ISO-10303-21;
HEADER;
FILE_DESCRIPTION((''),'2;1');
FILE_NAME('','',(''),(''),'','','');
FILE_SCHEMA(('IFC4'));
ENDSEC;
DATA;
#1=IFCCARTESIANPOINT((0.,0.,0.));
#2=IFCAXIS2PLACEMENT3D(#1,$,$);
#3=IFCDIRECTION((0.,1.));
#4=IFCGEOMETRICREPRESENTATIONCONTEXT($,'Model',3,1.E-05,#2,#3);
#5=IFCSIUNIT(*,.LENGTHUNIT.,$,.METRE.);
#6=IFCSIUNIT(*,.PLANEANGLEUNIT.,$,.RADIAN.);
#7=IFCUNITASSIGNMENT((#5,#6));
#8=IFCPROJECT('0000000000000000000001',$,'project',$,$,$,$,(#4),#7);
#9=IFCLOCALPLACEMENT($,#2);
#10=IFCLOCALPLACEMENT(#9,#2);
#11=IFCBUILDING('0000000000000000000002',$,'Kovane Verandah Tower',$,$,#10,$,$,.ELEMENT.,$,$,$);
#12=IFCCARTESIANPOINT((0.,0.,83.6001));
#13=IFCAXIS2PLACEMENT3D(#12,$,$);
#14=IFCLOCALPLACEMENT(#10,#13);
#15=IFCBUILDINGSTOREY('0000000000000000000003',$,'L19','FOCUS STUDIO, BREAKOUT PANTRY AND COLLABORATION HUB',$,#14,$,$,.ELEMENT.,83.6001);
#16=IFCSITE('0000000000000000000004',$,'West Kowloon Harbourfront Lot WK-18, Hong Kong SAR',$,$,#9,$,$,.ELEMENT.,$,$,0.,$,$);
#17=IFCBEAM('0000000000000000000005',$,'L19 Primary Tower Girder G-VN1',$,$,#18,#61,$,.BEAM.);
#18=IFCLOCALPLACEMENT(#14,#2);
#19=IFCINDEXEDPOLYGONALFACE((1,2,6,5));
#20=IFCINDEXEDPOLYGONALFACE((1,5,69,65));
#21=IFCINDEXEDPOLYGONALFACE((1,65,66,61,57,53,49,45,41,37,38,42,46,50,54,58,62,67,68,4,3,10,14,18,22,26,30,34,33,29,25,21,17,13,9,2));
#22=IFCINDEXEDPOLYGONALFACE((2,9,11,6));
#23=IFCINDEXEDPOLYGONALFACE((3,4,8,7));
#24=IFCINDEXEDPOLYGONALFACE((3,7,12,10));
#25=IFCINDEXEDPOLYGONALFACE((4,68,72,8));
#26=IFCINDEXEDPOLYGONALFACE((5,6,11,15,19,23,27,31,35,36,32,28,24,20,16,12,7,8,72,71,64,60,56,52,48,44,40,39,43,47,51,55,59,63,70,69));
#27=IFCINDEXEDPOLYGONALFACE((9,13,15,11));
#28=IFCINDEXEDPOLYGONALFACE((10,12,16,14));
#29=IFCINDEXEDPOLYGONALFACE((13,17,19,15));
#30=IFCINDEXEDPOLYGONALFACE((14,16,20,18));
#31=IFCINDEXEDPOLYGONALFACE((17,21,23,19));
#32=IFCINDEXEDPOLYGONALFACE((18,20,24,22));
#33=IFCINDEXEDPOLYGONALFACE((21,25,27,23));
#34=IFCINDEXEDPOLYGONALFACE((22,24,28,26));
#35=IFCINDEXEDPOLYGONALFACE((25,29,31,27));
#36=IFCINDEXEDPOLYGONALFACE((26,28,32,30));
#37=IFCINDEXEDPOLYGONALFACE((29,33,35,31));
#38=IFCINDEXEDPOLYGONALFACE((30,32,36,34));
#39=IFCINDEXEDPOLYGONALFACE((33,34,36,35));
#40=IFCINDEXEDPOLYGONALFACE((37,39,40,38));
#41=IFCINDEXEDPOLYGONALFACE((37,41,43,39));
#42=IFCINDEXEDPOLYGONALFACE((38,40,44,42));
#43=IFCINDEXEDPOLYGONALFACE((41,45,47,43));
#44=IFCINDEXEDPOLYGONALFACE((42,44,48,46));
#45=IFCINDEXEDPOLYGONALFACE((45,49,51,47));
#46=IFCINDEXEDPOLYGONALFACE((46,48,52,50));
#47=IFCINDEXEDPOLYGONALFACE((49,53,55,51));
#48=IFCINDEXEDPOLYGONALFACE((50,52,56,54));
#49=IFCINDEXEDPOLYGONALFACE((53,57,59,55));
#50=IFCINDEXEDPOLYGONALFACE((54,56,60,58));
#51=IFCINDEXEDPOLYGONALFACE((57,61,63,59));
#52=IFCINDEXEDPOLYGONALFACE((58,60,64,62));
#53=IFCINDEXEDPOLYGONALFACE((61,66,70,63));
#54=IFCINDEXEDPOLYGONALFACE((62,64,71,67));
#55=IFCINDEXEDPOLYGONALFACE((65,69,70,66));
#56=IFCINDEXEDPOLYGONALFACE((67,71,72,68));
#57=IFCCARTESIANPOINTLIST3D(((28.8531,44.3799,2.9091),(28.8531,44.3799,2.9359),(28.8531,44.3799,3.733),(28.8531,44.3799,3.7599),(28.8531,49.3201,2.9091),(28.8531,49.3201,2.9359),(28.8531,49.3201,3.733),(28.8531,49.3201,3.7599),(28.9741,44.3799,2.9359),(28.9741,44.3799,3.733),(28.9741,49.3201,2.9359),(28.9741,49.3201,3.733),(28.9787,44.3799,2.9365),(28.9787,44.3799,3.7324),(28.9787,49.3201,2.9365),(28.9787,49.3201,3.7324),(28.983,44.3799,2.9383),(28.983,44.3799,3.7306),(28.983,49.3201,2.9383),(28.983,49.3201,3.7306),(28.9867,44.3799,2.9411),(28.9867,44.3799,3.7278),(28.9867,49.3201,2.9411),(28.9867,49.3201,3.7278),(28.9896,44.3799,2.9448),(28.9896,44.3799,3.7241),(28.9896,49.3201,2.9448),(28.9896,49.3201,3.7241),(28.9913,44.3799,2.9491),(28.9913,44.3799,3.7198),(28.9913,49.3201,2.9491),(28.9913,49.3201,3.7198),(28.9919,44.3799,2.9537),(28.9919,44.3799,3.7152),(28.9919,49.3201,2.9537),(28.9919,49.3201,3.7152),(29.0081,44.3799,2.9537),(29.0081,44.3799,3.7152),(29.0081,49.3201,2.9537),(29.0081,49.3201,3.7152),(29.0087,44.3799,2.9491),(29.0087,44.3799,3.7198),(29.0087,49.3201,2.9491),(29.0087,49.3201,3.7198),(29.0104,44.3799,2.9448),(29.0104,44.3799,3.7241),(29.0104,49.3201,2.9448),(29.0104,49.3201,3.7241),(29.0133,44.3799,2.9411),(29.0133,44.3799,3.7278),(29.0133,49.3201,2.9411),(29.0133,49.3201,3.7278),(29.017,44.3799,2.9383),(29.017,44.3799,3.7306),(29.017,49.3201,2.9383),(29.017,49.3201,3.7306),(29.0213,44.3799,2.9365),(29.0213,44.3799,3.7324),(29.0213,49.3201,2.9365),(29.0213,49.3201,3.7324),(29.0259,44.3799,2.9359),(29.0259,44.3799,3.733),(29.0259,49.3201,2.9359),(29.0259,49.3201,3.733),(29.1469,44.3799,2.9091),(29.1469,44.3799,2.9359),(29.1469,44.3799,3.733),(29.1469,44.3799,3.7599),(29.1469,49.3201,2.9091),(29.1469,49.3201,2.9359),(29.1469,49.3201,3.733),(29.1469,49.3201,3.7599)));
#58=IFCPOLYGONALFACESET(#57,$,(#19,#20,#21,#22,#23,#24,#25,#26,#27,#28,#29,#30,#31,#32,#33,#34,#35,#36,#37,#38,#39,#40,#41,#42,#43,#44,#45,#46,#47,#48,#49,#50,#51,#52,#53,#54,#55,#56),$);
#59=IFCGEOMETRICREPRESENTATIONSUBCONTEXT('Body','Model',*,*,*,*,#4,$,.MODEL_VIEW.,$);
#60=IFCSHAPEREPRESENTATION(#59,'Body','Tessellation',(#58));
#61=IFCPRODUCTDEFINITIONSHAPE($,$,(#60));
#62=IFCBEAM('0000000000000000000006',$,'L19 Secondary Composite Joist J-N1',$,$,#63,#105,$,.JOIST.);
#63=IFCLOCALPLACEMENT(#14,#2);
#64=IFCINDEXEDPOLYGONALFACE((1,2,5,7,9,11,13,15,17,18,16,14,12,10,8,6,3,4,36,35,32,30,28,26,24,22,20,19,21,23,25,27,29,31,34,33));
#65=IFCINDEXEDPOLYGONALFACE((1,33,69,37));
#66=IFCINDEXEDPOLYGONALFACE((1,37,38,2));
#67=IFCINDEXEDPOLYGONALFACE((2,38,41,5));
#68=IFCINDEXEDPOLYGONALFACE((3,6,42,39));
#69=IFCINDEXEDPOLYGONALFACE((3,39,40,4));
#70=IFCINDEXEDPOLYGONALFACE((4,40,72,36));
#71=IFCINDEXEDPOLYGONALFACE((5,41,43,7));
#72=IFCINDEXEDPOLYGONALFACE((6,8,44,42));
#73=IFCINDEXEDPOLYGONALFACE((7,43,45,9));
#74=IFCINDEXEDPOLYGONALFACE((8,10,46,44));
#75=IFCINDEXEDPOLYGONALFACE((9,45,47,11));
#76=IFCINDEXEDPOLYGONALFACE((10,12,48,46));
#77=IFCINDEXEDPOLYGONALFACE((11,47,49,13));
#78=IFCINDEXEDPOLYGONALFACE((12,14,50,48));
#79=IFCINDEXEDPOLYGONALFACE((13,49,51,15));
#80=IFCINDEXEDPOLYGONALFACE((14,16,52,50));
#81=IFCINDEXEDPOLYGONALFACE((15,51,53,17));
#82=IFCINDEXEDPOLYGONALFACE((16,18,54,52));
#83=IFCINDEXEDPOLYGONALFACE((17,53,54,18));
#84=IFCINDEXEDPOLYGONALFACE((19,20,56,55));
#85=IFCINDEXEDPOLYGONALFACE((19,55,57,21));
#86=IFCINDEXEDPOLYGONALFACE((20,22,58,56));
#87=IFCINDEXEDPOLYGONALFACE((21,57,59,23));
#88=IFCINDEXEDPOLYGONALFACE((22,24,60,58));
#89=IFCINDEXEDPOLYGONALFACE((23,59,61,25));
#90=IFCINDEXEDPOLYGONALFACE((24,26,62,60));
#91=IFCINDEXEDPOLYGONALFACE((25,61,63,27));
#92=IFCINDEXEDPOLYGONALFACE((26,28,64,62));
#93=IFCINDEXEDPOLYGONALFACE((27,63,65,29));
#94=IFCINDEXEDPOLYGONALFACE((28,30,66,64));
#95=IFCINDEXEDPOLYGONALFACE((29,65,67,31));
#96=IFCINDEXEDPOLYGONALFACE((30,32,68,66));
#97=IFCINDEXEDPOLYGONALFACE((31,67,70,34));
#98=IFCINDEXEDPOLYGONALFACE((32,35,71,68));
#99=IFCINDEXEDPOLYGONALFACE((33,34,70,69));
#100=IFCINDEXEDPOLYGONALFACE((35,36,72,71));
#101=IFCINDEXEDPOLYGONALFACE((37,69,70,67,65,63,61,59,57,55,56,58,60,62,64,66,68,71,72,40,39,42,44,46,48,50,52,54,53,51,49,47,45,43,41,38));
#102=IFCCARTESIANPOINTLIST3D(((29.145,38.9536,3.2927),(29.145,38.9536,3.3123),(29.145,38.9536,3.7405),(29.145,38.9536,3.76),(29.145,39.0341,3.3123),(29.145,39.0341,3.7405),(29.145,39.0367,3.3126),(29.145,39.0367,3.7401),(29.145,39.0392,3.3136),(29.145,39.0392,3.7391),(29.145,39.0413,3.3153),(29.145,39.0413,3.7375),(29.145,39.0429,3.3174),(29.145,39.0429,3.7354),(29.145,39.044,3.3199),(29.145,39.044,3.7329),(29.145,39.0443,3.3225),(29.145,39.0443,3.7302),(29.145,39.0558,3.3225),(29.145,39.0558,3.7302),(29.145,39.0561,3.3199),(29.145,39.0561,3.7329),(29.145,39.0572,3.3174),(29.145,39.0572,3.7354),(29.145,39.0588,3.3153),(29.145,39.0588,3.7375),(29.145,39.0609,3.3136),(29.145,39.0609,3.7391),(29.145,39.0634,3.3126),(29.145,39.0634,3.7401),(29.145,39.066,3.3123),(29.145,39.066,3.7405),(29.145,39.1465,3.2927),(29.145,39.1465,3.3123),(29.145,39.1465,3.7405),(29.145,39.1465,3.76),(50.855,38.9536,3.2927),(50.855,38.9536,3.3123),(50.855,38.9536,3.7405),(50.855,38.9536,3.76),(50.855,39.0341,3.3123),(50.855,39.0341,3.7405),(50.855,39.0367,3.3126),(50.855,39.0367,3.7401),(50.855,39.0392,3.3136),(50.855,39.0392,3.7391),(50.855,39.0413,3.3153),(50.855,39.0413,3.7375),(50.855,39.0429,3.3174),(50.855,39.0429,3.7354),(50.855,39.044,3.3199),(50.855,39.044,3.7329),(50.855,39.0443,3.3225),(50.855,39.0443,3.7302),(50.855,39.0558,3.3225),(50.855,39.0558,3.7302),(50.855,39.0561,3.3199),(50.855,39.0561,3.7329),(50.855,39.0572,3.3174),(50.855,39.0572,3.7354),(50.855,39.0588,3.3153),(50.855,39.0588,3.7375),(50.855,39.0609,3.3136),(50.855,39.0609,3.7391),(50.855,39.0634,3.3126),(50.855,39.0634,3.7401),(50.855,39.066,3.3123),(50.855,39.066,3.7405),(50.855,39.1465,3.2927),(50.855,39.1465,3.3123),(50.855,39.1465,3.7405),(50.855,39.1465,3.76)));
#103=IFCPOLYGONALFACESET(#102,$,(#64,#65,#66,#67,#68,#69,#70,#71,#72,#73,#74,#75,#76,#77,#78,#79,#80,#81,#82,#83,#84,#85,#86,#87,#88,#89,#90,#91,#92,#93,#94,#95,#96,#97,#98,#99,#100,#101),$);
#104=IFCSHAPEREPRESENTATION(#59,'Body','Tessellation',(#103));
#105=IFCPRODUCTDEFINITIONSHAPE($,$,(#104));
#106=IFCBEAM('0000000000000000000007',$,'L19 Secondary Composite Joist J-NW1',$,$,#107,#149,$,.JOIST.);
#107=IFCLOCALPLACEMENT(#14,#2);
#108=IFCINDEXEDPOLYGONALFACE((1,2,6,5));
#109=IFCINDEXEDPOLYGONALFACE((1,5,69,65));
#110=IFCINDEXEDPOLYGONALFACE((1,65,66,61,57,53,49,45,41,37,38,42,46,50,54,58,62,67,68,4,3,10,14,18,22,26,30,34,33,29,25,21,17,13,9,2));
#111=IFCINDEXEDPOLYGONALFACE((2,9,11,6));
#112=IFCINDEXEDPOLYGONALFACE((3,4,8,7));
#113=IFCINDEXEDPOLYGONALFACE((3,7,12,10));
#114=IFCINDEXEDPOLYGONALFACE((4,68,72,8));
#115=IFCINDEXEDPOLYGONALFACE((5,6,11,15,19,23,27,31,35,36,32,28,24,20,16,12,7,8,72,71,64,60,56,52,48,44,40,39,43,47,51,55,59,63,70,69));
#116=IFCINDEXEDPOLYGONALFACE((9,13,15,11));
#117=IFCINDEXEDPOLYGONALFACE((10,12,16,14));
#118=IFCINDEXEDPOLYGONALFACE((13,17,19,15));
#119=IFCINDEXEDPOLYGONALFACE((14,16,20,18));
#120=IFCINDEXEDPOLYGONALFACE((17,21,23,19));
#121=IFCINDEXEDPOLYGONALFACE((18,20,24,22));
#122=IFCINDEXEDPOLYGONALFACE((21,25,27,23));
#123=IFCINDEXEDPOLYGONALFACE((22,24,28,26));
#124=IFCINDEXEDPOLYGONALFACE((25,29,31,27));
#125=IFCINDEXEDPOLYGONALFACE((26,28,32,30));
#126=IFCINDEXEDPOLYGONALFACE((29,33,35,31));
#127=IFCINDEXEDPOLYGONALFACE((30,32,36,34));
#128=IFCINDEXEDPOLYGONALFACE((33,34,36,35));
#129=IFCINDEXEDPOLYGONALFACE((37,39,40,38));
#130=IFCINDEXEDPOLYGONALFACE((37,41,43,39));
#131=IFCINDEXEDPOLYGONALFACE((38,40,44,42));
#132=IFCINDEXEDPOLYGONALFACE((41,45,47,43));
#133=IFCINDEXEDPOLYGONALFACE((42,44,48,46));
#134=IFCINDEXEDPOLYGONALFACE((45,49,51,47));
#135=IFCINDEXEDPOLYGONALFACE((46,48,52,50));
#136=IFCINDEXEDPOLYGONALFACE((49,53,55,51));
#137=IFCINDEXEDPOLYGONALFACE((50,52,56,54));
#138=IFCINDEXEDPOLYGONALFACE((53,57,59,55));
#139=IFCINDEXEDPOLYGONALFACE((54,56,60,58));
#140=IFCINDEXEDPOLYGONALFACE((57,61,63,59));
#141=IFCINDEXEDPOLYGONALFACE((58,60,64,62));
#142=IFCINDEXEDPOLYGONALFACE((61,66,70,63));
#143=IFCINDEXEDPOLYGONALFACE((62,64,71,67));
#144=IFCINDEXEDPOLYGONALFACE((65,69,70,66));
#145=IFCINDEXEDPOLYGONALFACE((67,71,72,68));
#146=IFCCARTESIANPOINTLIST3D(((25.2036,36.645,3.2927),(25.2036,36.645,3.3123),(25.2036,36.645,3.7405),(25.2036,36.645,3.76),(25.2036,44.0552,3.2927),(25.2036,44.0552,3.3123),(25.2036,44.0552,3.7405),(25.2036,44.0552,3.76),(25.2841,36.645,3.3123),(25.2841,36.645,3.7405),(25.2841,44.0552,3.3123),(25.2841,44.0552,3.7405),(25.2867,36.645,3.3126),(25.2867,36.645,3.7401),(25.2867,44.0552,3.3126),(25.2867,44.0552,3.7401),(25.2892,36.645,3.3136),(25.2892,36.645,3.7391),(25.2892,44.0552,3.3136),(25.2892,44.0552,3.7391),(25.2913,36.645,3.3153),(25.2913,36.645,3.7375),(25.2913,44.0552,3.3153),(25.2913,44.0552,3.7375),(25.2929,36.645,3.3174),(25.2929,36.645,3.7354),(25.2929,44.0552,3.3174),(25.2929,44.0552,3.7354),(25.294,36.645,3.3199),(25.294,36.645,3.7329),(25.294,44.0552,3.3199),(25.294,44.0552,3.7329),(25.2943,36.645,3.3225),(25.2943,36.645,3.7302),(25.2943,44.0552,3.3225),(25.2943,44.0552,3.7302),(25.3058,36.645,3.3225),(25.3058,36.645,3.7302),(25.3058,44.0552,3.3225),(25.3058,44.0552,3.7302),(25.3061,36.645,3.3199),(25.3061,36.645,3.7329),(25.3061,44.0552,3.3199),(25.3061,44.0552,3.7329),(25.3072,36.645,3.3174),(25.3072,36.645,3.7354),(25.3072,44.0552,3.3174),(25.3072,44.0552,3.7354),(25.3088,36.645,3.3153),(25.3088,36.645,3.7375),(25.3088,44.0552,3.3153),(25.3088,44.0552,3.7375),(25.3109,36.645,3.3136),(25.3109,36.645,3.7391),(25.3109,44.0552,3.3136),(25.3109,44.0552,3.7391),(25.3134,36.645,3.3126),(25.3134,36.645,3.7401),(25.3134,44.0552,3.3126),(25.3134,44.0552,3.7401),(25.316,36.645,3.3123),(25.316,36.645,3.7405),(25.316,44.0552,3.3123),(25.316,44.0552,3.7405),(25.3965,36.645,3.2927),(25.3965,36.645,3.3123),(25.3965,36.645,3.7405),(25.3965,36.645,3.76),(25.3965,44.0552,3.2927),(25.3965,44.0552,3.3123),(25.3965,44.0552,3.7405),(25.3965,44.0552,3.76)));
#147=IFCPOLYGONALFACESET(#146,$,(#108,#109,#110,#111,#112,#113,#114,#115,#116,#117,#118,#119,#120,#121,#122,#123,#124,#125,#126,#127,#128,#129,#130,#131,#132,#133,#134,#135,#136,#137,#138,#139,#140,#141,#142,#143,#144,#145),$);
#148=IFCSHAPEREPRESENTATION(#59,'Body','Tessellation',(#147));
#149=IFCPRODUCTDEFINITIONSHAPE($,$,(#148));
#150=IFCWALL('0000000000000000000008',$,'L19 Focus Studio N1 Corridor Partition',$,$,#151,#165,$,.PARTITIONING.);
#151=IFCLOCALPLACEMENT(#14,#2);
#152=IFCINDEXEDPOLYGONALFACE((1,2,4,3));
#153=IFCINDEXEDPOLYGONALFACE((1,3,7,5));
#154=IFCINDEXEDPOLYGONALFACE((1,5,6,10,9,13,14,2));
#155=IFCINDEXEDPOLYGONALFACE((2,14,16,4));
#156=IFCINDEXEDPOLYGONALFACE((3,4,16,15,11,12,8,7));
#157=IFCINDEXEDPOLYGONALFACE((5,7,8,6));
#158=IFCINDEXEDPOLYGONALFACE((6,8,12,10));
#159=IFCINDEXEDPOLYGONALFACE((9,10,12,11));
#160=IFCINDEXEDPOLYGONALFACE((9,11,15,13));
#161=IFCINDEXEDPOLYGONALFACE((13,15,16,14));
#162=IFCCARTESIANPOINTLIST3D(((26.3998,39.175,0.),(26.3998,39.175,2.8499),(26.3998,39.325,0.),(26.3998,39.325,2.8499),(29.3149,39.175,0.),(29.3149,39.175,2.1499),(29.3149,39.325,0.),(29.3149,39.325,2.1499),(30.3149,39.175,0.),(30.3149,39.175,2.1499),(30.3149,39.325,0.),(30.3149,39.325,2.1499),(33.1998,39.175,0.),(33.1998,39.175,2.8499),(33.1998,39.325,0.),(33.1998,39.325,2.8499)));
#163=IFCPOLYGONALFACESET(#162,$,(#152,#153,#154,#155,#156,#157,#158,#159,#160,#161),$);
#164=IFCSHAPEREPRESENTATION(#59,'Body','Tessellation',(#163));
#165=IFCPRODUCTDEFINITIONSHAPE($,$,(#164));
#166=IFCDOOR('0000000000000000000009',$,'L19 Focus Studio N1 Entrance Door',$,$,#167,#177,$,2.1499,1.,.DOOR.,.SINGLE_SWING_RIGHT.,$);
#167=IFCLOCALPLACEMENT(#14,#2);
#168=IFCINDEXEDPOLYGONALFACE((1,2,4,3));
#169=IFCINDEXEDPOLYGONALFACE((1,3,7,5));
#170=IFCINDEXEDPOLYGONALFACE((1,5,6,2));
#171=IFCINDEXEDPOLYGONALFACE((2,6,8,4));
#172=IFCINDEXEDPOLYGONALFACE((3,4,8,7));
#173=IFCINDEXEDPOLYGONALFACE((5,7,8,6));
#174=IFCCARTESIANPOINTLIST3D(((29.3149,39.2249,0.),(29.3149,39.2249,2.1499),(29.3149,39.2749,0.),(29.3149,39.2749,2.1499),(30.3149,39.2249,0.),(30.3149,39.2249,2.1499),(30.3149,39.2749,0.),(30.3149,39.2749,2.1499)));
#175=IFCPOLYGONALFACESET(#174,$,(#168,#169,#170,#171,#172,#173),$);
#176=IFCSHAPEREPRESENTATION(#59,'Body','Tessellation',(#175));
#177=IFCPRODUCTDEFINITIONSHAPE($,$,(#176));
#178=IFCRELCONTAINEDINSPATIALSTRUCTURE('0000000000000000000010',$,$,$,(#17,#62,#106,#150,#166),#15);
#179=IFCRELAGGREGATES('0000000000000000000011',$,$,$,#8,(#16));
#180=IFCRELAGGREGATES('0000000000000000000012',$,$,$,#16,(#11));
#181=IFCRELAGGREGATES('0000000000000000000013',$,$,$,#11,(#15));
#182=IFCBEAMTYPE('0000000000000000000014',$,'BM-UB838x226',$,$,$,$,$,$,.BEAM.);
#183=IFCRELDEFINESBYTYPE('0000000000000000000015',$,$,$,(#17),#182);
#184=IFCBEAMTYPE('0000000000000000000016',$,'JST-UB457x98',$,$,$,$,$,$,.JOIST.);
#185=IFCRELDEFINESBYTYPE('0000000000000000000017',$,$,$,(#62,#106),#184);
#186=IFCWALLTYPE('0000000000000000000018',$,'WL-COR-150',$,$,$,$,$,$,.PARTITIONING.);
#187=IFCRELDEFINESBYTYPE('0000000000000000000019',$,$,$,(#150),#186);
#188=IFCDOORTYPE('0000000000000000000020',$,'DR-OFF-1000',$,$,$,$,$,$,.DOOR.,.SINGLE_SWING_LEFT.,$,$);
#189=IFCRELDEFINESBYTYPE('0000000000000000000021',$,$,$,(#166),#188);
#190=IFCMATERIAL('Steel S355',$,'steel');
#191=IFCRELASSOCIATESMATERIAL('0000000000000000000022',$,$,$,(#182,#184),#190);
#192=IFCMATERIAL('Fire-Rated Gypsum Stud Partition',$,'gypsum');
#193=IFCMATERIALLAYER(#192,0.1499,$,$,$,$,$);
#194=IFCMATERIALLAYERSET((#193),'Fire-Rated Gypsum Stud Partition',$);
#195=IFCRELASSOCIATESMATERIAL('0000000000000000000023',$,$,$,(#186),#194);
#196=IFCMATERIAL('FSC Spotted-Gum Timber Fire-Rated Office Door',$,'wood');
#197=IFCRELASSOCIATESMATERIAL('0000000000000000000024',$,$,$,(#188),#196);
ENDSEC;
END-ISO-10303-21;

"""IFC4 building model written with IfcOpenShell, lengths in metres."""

from ifc_helpers import new_model, si_unit, direction, frame, frame_2d, origin, origin_2d, place, context, subcontext, project, spatial, rectangle, i_section, extrude, material, layer, layer_set, material_profile, profile_set, type_object, element, fill, save


model = new_model("IFC4")

# Units and contexts
model_context = context("Model", 3, precision=1e-05, world=origin(), true_north=direction((0.0, 1.0)))
body_context = subcontext(model_context, "Body", "Model", "MODEL_VIEW")
ifc_project = project(units=[si_unit("LENGTHUNIT", "METRE"), si_unit("PLANEANGLEUNIT", "RADIAN")], contexts=[model_context])

# Site, building, storey
site_placement = place(None, origin())
site = spatial("IfcSite", under=ifc_project, at=site_placement, Name="West Kowloon Harbourfront Lot WK-18, Hong Kong SAR", CompositionType="ELEMENT", RefElevation=0.0)
building_placement = place(site_placement, origin())
building = spatial("IfcBuilding", under=site, at=building_placement, Name="Kovane Verandah Tower", CompositionType="ELEMENT")
storey_placement = place(building_placement, frame((0.0, 0.0, 83.6001)))
storey = spatial("IfcBuildingStorey", under=building, at=storey_placement, Name="L19", Description="FOCUS STUDIO, BREAKOUT PANTRY AND COLLABORATION HUB", CompositionType="ELEMENT", Elevation=83.6001)

# Beams
ifc_material_1 = material(Name="Steel S355", Category="steel")
ifc_material_profile_1 = material_profile(ifc_material_1, i_section(OverallWidth=0.2937, OverallDepth=0.8508, WebThickness=0.0161, FlangeThickness=0.0269, FilletRadius=0.0178, at=origin_2d()), Name="UB838x292x226")
ifc_profile_set_1 = profile_set([ifc_material_profile_1], Name="Steel S355")
beam_type_1 = type_object("IfcBeamType", Name="BM-UB838x226", PredefinedType="BEAM", material=ifc_profile_set_1)
beam_1_placement = place(storey_placement, frame((29.0, 44.3799, 3.3345), z_axis=(0.0, 1.0, 0.0), x_axis=(-1.0, 0.0, 0.0)))
element("IfcBeam", 1, at=beam_1_placement, inside=storey, type_object=beam_type_1, Name="L19 Primary Tower Girder G-VN1", PredefinedType="BEAM", context=body_context, shape_type="SweptSolid", body=[
    extrude(i_section(OverallWidth=0.2937, OverallDepth=0.8508, WebThickness=0.0161, FlangeThickness=0.0269, FilletRadius=0.0178, at=origin_2d()), origin(), (0.0, 0.0, 1.0), 4.9402),
])
ifc_material_profile_2 = material_profile(ifc_material_1, i_section(OverallWidth=0.1929, OverallDepth=0.4673, WebThickness=0.0115, FlangeThickness=0.0195, FilletRadius=0.0103, at=origin_2d()), Name="UB457x191x98")
ifc_profile_set_2 = profile_set([ifc_material_profile_2], Name="Steel S355")
beam_type_2 = type_object("IfcBeamType", Name="JST-UB457x98", PredefinedType="JOIST", material=ifc_profile_set_2)
beam_2_placement = place(storey_placement, frame((29.145, 39.05, 3.5264), z_axis=(1.0, 0.0, 0.0), x_axis=(0.0, 1.0, 0.0)))
element("IfcBeam", 2, at=beam_2_placement, inside=storey, type_object=beam_type_2, Name="L19 Secondary Composite Joist J-N1", PredefinedType="JOIST", context=body_context, shape_type="SweptSolid", body=[
    extrude(i_section(OverallWidth=0.1929, OverallDepth=0.4673, WebThickness=0.0115, FlangeThickness=0.0195, FilletRadius=0.0103, at=origin_2d()), origin(), (0.0, 0.0, 1.0), 21.71),
])
beam_3_placement = place(storey_placement, frame((25.3, 36.645, 3.5264), z_axis=(0.0, 1.0, 0.0), x_axis=(-1.0, 0.0, 0.0)))
element("IfcBeam", 3, at=beam_3_placement, inside=storey, type_object=beam_type_2, Name="L19 Secondary Composite Joist J-NW1", PredefinedType="JOIST", context=body_context, shape_type="SweptSolid", body=[
    extrude(i_section(OverallWidth=0.1929, OverallDepth=0.4673, WebThickness=0.0115, FlangeThickness=0.0195, FilletRadius=0.0103, at=origin_2d()), origin(), (0.0, 0.0, 1.0), 7.4102),
])

# Wall, opening, door
ifc_material_2 = material(Name="Fire-Rated Gypsum Stud Partition", Category="gypsum")
ifc_layer_1 = layer(ifc_material_2, 0.1499)
ifc_layer_set_1 = layer_set([ifc_layer_1], Name="Fire-Rated Gypsum Stud Partition")
wall_type_1 = type_object("IfcWallType", Name="WL-COR-150", PredefinedType="PARTITIONING", material=ifc_layer_set_1)
wall_1_placement = place(storey_placement, frame((26.3999, 39.25, 0.0), z_axis=(0.0, 0.0, 1.0), x_axis=(1.0, 0.0, 0.0)))
wall_1 = element("IfcWall", 4, at=wall_1_placement, inside=storey, type_object=wall_type_1, Name="L19 Focus Studio N1 Corridor Partition", PredefinedType="PARTITIONING", context=body_context, shape_type="SweptSolid", body=[
    extrude(rectangle(XDim=6.8, YDim=0.1499, at=frame_2d((3.3999, 0.0))), origin(), (0.0, 0.0, 1.0), 2.8499),
])
opening_1_placement = place(wall_1_placement, frame((2.915, 0.0, 0.0)))
opening_1 = element("IfcOpeningElement", 5, at=opening_1_placement, cuts=wall_1, PredefinedType="OPENING", context=body_context, shape_type="SweptSolid", body=[
    extrude(rectangle(XDim=1.0, YDim=2.1499, at=frame_2d((0.5, 1.075))), frame((0.0, 0.075, 0.0), z_axis=(0.0, -1.0, 0.0), x_axis=(1.0, 0.0, 0.0)), (0.0, 0.0, 1.0), 0.1499),
])
ifc_material_3 = material(Name="FSC Spotted-Gum Timber Fire-Rated Office Door", Category="wood")
door_type_1 = type_object("IfcDoorType", Name="DR-OFF-1000", OperationType="SINGLE_SWING_LEFT", PredefinedType="DOOR", material=ifc_material_3)
door_1_placement = place(opening_1_placement, origin())
door_1 = element("IfcDoor", 6, at=door_1_placement, inside=storey, type_object=door_type_1, Name="L19 Focus Studio N1 Entrance Door", OperationType="SINGLE_SWING_RIGHT", OverallHeight=2.1499, OverallWidth=1.0, PredefinedType="DOOR", context=body_context, shape_type="SweptSolid", body=[
    extrude(rectangle(XDim=1.0, YDim=2.1499, at=frame_2d((0.5, 1.075))), frame((0.0, 0.0249, 0.0), z_axis=(0.0, -1.0, 0.0), x_axis=(1.0, 0.0, 0.0)), (0.0, 0.0, 1.0), 0.05),
])
fill(opening_1, door_1)

save(model, "model.ifc")
